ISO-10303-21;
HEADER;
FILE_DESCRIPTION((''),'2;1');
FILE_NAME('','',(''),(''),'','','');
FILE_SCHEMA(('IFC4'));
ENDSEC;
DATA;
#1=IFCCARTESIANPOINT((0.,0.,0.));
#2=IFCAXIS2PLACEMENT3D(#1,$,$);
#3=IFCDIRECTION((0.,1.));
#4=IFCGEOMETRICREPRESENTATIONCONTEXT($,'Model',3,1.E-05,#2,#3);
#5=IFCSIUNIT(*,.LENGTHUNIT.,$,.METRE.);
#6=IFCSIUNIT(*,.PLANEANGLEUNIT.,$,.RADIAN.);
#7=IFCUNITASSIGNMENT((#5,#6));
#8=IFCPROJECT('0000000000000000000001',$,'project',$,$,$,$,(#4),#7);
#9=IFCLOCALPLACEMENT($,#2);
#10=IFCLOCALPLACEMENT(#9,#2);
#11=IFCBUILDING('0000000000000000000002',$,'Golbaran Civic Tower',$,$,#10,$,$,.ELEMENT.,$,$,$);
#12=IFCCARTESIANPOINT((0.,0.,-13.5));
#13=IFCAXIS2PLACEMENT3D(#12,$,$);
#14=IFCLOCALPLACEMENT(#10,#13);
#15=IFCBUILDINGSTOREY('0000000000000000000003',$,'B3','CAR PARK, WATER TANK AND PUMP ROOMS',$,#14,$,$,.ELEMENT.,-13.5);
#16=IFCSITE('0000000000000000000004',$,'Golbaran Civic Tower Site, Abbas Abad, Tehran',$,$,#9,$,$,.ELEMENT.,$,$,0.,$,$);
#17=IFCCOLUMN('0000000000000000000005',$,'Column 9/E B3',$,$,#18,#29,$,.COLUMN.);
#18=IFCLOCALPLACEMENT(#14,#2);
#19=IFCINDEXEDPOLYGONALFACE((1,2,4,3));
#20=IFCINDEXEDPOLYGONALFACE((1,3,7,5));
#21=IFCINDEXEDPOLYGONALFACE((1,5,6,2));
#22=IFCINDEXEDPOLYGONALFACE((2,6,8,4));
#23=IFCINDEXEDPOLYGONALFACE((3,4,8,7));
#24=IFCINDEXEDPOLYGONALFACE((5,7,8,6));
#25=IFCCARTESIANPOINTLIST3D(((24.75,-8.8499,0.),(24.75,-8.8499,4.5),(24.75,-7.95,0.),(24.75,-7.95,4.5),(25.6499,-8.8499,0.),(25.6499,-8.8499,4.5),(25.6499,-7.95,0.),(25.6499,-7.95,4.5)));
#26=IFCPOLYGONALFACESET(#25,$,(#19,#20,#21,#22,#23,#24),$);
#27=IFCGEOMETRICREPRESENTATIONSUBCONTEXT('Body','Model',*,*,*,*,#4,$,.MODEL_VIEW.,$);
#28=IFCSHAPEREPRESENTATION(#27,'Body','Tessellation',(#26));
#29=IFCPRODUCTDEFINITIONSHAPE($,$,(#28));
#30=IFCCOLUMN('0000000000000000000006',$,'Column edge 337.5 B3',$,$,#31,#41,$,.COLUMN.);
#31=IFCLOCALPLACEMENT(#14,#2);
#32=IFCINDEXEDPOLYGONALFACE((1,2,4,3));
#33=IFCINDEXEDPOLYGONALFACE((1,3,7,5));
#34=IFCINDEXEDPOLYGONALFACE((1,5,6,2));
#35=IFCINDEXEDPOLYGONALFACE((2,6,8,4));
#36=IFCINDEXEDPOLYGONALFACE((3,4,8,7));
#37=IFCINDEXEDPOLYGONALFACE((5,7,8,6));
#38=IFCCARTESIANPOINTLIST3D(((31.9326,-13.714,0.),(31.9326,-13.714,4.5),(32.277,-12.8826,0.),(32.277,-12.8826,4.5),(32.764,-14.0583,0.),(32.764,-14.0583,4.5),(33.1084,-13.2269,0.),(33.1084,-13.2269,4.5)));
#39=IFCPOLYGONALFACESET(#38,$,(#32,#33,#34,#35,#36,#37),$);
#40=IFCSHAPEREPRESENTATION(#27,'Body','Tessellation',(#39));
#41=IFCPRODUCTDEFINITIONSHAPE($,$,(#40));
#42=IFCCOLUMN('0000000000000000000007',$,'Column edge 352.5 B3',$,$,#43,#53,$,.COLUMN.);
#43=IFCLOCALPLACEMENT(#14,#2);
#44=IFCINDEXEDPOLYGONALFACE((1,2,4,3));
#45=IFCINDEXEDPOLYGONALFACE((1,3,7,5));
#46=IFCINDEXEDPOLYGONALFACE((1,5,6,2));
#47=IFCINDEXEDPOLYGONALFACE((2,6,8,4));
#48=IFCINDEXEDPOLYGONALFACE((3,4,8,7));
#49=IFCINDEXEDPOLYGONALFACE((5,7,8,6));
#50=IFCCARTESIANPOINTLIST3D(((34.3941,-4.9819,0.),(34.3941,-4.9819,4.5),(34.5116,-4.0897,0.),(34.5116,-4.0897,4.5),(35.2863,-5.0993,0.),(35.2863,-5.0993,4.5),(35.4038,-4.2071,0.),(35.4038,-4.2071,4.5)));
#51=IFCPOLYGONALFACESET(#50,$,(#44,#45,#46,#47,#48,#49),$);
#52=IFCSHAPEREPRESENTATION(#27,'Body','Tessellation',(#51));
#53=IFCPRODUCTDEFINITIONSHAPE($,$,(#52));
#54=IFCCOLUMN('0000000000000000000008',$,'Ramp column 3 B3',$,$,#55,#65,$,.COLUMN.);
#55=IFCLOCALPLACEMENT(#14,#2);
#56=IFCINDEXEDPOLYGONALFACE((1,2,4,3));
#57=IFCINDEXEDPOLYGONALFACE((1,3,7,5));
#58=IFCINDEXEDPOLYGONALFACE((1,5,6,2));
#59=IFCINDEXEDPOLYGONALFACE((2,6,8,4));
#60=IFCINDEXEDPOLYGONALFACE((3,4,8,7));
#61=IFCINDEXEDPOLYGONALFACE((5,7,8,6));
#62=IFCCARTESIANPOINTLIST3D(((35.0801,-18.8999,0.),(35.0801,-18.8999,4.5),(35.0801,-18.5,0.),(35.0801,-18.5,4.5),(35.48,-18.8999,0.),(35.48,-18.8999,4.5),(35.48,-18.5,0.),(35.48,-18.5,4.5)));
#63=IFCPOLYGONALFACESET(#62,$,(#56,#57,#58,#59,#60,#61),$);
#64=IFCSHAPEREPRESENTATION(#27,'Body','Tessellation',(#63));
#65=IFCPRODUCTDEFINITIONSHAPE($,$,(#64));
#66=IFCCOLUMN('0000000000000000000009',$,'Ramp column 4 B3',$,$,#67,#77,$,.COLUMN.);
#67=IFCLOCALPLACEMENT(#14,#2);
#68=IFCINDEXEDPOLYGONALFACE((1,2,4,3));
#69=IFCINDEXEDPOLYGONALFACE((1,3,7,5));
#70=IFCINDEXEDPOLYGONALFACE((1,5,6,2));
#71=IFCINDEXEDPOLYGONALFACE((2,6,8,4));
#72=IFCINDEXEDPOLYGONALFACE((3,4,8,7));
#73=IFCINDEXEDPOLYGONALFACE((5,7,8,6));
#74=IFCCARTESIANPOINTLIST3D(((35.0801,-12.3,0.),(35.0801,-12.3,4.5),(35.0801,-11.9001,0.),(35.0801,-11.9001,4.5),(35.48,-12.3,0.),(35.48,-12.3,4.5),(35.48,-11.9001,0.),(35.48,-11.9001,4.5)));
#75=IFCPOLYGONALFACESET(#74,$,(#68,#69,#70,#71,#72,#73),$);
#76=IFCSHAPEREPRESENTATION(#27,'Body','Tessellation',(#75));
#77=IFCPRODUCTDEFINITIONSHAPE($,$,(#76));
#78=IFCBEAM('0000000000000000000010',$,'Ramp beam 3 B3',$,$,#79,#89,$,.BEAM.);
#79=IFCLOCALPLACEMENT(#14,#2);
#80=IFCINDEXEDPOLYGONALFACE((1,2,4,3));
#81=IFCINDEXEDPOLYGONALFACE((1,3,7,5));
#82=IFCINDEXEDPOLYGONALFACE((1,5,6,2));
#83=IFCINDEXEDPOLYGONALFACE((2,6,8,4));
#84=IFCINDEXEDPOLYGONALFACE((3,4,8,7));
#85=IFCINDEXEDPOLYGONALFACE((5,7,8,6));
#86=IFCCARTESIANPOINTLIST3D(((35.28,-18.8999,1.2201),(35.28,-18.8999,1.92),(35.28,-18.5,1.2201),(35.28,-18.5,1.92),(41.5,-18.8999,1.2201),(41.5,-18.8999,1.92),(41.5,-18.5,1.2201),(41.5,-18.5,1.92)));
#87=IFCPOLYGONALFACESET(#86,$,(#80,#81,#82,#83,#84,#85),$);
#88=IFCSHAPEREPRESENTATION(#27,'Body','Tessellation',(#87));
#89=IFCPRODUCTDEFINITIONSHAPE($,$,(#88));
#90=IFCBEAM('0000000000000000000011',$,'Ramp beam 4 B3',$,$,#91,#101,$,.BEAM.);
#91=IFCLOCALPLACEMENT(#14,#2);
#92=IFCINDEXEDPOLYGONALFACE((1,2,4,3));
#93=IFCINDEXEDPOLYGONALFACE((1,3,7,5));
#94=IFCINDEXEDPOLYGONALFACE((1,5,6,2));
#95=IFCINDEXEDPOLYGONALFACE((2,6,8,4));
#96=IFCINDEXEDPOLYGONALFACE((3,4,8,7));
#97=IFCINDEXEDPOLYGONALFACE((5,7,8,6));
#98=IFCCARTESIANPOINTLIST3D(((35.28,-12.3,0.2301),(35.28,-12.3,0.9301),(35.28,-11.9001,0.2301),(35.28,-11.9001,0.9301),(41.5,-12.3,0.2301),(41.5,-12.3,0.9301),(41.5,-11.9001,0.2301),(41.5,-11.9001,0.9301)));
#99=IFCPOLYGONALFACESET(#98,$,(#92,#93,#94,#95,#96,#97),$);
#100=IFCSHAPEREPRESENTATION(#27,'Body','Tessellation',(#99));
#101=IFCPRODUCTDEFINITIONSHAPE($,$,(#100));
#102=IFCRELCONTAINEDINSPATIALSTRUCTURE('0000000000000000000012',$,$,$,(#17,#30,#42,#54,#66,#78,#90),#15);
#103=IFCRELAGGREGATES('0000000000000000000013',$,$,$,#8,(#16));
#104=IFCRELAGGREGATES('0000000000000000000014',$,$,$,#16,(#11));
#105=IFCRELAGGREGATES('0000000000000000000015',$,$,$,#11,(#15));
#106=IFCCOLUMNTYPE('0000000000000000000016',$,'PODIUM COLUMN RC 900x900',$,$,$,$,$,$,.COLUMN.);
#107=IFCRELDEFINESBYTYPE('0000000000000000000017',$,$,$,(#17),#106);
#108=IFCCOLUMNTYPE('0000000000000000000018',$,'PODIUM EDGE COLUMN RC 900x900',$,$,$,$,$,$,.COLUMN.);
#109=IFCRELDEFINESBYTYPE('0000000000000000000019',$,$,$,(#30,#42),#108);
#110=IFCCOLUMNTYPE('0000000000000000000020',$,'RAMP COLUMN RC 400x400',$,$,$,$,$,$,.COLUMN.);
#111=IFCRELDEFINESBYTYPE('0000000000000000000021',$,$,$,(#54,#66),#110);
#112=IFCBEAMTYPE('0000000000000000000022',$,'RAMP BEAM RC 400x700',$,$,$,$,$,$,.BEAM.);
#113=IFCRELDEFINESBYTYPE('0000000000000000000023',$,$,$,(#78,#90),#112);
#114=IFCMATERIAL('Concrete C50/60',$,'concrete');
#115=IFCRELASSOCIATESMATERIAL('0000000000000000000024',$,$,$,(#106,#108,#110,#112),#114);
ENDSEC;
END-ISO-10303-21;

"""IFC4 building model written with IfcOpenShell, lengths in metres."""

from ifc_helpers import new_model, si_unit, direction, frame, origin, origin_2d, place, context, subcontext, project, spatial, rectangle, extrude, material, material_profile, profile_set, type_object, element, save


model = new_model("IFC4")

# Units and contexts
model_context = context("Model", 3, precision=1e-05, world=origin(), true_north=direction((0.0, 1.0)))
body_context = subcontext(model_context, "Body", "Model", "MODEL_VIEW")
ifc_project = project(units=[si_unit("LENGTHUNIT", "METRE"), si_unit("PLANEANGLEUNIT", "RADIAN")], contexts=[model_context])

# Site, building, storey
site_placement = place(None, origin())
site = spatial("IfcSite", under=ifc_project, at=site_placement, Name="Golbaran Civic Tower Site, Abbas Abad, Tehran", CompositionType="ELEMENT", RefElevation=0.0)
building_placement = place(site_placement, origin())
building = spatial("IfcBuilding", under=site, at=building_placement, Name="Golbaran Civic Tower", CompositionType="ELEMENT")
storey_placement = place(building_placement, frame((0.0, 0.0, -13.5)))
storey = spatial("IfcBuildingStorey", under=building, at=storey_placement, Name="B3", Description="CAR PARK, WATER TANK AND PUMP ROOMS", CompositionType="ELEMENT", Elevation=-13.5)

# Columns
ifc_material_1 = material(Name="Concrete C50/60", Category="concrete")
ifc_material_profile_1 = material_profile(ifc_material_1, rectangle(XDim=0.8999, YDim=0.8999, at=origin_2d()), Name="RC 900x900")
ifc_profile_set_1 = profile_set([ifc_material_profile_1], Name="Concrete C50/60")
column_type_1 = type_object("IfcColumnType", Name="PODIUM COLUMN RC 900x900", PredefinedType="COLUMN", material=ifc_profile_set_1)
for number, where, z_axis, x_axis, name in (
    (1, (25.2, -8.3999, 0.0), (0.0, 0.0, 1.0), (1.0, 0.0, 0.0), "Column 9/E B3"),
):
    element("IfcColumn", number, at=place(storey_placement, frame(where, z_axis=z_axis, x_axis=x_axis)), inside=storey, type_object=column_type_1, Name=name, PredefinedType="COLUMN", context=body_context, shape_type="SweptSolid", body=[
        extrude(rectangle(XDim=0.8999, YDim=0.8999, at=origin_2d()), origin(), (0.0, 0.0, 1.0), 4.5),
    ])
ifc_material_profile_2 = material_profile(ifc_material_1, rectangle(XDim=0.8999, YDim=0.8999, at=origin_2d()), Name="RC 900x900")
ifc_profile_set_2 = profile_set([ifc_material_profile_2], Name="Concrete C50/60")
column_type_2 = type_object("IfcColumnType", Name="PODIUM EDGE COLUMN RC 900x900", PredefinedType="COLUMN", material=ifc_profile_set_2)
for number, where, z_axis, x_axis, name in (
    (2, (32.5205, -13.4705, 0.0), (0.0, 0.0, 1.0), (0.92388, -0.382683, 0.0), "Column edge 337.5 B3"),
    (3, (34.8989, -4.5945, 0.0), (0.0, 0.0, 1.0), (0.991445, -0.130526, 0.0), "Column edge 352.5 B3"),
):
    element("IfcColumn", number, at=place(storey_placement, frame(where, z_axis=z_axis, x_axis=x_axis)), inside=storey, type_object=column_type_2, Name=name, PredefinedType="COLUMN", context=body_context, shape_type="SweptSolid", body=[
        extrude(rectangle(XDim=0.8999, YDim=0.8999, at=origin_2d()), origin(), (0.0, 0.0, 1.0), 4.5),
    ])
ifc_material_profile_3 = material_profile(ifc_material_1, rectangle(XDim=0.3999, YDim=0.3999, at=origin_2d()), Name="RC 400x400")
ifc_profile_set_3 = profile_set([ifc_material_profile_3], Name="Concrete C50/60")
column_type_3 = type_object("IfcColumnType", Name="RAMP COLUMN RC 400x400", PredefinedType="COLUMN", material=ifc_profile_set_3)
for number, where, z_axis, x_axis, name in (
    (4, (35.28, -18.7, 0.0), (0.0, 0.0, 1.0), (1.0, 0.0, 0.0), "Ramp column 3 B3"),
    (5, (35.28, -12.1001, 0.0), (0.0, 0.0, 1.0), (1.0, 0.0, 0.0), "Ramp column 4 B3"),
):
    element("IfcColumn", number, at=place(storey_placement, frame(where, z_axis=z_axis, x_axis=x_axis)), inside=storey, type_object=column_type_3, Name=name, PredefinedType="COLUMN", context=body_context, shape_type="SweptSolid", body=[
        extrude(rectangle(XDim=0.3999, YDim=0.3999, at=origin_2d()), origin(), (0.0, 0.0, 1.0), 4.5),
    ])

# Beams
ifc_material_profile_4 = material_profile(ifc_material_1, rectangle(XDim=0.3999, YDim=0.7, at=origin_2d()), Name="RC 400x700")
ifc_profile_set_4 = profile_set([ifc_material_profile_4], Name="Concrete C50/60")
beam_type = type_object("IfcBeamType", Name="RAMP BEAM RC 400x700", PredefinedType="BEAM", material=ifc_profile_set_4)
for number, where, z_axis, x_axis, name in (
    (6, (35.28, -18.7, 1.5701), (1.0, 0.0, 0.0), (0.0, 1.0, 0.0), "Ramp beam 3 B3"),
    (7, (35.28, -12.1001, 0.5801), (1.0, 0.0, 0.0), (0.0, 1.0, 0.0), "Ramp beam 4 B3"),
):
    element("IfcBeam", number, at=place(storey_placement, frame(where, z_axis=z_axis, x_axis=x_axis)), inside=storey, type_object=beam_type, Name=name, PredefinedType="BEAM", context=body_context, shape_type="SweptSolid", body=[
        extrude(rectangle(XDim=0.3999, YDim=0.7, at=origin_2d()), origin(), (0.0, 0.0, 1.0), 6.22),
    ])

save(model, "model.ifc")
